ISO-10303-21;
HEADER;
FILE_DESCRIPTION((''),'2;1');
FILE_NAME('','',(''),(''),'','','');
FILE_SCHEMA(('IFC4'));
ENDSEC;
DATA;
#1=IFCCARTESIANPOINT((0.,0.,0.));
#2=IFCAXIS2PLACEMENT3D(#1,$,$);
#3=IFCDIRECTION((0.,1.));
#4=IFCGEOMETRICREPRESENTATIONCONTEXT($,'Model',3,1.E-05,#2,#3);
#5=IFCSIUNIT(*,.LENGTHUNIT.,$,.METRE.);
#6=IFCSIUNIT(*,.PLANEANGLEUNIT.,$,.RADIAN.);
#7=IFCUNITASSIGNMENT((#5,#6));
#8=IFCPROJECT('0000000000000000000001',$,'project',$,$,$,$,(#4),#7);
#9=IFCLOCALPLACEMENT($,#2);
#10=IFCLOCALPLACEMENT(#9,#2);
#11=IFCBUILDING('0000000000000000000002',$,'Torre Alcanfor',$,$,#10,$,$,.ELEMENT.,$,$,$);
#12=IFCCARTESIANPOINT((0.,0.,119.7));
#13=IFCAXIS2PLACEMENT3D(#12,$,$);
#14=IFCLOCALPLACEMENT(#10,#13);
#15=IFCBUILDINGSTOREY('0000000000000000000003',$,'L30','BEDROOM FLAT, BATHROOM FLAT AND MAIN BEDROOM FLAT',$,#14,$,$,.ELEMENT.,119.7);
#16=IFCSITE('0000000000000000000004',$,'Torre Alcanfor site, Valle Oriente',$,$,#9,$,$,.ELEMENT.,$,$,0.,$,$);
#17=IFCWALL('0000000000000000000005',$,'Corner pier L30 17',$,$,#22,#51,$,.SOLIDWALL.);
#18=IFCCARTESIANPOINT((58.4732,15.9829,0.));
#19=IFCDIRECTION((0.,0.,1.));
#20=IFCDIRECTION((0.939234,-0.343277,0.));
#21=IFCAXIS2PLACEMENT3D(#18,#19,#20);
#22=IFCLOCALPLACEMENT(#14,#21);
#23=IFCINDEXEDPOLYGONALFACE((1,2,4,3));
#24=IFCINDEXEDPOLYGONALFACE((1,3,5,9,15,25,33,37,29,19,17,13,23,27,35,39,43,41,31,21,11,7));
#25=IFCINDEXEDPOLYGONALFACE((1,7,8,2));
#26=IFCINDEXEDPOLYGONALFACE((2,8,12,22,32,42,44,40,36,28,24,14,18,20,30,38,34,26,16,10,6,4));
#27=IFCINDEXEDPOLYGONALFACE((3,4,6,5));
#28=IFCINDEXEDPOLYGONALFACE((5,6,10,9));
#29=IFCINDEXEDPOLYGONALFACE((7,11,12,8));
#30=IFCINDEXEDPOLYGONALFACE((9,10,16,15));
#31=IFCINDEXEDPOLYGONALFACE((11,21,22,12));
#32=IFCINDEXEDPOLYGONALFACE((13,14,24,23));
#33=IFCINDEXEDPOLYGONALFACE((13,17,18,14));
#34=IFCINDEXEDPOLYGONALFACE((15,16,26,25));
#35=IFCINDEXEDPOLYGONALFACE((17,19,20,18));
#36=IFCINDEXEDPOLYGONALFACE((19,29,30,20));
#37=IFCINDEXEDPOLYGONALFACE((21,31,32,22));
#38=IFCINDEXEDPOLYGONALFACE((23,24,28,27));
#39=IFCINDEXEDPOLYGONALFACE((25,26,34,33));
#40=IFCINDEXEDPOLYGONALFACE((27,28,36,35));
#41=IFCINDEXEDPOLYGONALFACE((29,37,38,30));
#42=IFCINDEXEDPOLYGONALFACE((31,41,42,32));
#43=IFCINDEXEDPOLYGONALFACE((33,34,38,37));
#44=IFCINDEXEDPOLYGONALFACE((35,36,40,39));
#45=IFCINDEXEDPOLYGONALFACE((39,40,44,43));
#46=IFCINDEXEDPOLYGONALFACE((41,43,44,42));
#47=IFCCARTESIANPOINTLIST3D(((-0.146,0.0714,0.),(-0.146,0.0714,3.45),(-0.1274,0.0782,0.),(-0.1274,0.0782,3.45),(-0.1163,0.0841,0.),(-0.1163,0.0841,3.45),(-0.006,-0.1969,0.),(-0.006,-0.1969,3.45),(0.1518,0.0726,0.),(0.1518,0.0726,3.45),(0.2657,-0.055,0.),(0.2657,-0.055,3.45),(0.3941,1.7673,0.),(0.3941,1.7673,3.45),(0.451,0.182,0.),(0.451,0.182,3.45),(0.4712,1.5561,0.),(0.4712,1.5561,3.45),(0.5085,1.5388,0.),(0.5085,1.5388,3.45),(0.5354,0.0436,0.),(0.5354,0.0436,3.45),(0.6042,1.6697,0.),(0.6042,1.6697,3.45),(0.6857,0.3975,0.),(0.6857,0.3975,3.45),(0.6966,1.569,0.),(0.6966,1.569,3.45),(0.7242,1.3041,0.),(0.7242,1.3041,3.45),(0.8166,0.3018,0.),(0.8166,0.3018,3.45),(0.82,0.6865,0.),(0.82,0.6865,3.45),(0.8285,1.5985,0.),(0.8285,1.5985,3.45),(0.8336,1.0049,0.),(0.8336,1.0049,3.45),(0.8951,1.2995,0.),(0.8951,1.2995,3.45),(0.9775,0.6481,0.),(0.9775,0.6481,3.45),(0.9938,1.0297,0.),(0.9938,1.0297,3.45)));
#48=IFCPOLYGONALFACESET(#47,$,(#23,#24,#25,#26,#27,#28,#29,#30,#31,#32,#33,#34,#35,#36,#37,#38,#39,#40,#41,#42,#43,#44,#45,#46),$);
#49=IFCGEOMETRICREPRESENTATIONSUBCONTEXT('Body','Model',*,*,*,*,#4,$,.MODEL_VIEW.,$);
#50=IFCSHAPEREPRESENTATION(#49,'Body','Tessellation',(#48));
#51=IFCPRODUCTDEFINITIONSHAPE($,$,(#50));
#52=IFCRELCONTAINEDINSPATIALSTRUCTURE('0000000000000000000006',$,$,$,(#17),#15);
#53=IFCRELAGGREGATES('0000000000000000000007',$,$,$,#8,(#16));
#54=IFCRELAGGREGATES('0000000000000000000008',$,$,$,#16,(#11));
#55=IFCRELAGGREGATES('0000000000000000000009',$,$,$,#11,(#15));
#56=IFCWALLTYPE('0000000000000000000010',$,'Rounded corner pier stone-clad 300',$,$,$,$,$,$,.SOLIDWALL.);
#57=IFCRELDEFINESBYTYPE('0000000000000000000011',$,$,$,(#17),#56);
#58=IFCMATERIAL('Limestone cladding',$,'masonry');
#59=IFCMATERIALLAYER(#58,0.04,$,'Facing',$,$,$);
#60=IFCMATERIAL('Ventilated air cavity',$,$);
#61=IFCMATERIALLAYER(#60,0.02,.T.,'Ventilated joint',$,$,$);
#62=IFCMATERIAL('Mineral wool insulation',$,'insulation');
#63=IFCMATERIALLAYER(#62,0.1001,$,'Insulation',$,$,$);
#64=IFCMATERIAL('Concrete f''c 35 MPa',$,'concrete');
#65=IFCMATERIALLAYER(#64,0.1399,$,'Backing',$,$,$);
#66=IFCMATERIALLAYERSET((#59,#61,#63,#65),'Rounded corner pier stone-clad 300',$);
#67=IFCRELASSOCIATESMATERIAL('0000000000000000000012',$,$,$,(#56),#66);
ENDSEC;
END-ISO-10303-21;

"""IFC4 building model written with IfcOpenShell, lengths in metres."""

from ifc_helpers import new_model, si_unit, direction, frame, origin, place, context, subcontext, project, spatial, polyline, outline, extrude, material, layer, layer_set, type_object, element, save


model = new_model("IFC4")

# Units and contexts
model_context = context("Model", 3, precision=1e-05, world=origin(), true_north=direction((0.0, 1.0)))
body_context = subcontext(model_context, "Body", "Model", "MODEL_VIEW")
ifc_project = project(units=[si_unit("LENGTHUNIT", "METRE"), si_unit("PLANEANGLEUNIT", "RADIAN")], contexts=[model_context])

# Site, building, storey
site_placement = place(None, origin())
site = spatial("IfcSite", under=ifc_project, at=site_placement, Name="Torre Alcanfor site, Valle Oriente", CompositionType="ELEMENT", RefElevation=0.0)
building_placement = place(site_placement, origin())
building = spatial("IfcBuilding", under=site, at=building_placement, Name="Torre Alcanfor", CompositionType="ELEMENT")
storey_placement = place(building_placement, frame((0.0, 0.0, 119.7)))
storey = spatial("IfcBuildingStorey", under=building, at=storey_placement, Name="L30", Description="BEDROOM FLAT, BATHROOM FLAT AND MAIN BEDROOM FLAT", CompositionType="ELEMENT", Elevation=119.7)

# Wall
ifc_material_1 = material(Name="Limestone cladding", Category="masonry")
ifc_layer_1 = layer(ifc_material_1, 0.04, Name="Facing")
ifc_material_2 = material(Name="Ventilated air cavity")
ifc_layer_2 = layer(ifc_material_2, 0.02, ventilated=True, Name="Ventilated joint")
ifc_material_3 = material(Name="Mineral wool insulation", Category="insulation")
ifc_layer_3 = layer(ifc_material_3, 0.1001, Name="Insulation")
ifc_material_4 = material(Name="Concrete f'c 35 MPa", Category="concrete")
ifc_layer_4 = layer(ifc_material_4, 0.1399, Name="Backing")
ifc_layer_set_1 = layer_set([ifc_layer_1, ifc_layer_2, ifc_layer_3, ifc_layer_4], Name="Rounded corner pier stone-clad 300")
wall_type_1 = type_object("IfcWallType", Name="Rounded corner pier stone-clad 300", PredefinedType="SOLIDWALL", material=ifc_layer_set_1)
wall_1_placement = place(storey_placement, frame((58.4732, 15.9829, 0.0), z_axis=(0.0, 0.0, 1.0), x_axis=(0.939234, -0.343277, 0.0)))
element("IfcWall", 1, at=wall_1_placement, inside=storey, type_object=wall_type_1, Name="Corner pier L30 17", PredefinedType="SOLIDWALL", context=body_context, shape_type="SweptSolid", body=[
    extrude(outline(polyline([(0.8285, 1.5985), (0.6966, 1.569), (0.6042, 1.6697), (0.3941, 1.7673), (0.4712, 1.5561), (0.5085, 1.5388), (0.7242, 1.3041), (0.8336, 1.0049), (0.82, 0.6865), (0.6857, 0.3975), (0.451, 0.182), (0.1518, 0.0726), (-0.1163, 0.0841), (-0.1274, 0.0782), (-0.146, 0.0714), (-0.006, -0.1969), (0.2657, -0.055), (0.5354, 0.0436), (0.8166, 0.3018), (0.9775, 0.6481), (0.9938, 1.0297), (0.8951, 1.2995), (0.8285, 1.5985)])), origin(), (0.0, 0.0, 1.0), 3.45),
])

save(model, "model.ifc")
